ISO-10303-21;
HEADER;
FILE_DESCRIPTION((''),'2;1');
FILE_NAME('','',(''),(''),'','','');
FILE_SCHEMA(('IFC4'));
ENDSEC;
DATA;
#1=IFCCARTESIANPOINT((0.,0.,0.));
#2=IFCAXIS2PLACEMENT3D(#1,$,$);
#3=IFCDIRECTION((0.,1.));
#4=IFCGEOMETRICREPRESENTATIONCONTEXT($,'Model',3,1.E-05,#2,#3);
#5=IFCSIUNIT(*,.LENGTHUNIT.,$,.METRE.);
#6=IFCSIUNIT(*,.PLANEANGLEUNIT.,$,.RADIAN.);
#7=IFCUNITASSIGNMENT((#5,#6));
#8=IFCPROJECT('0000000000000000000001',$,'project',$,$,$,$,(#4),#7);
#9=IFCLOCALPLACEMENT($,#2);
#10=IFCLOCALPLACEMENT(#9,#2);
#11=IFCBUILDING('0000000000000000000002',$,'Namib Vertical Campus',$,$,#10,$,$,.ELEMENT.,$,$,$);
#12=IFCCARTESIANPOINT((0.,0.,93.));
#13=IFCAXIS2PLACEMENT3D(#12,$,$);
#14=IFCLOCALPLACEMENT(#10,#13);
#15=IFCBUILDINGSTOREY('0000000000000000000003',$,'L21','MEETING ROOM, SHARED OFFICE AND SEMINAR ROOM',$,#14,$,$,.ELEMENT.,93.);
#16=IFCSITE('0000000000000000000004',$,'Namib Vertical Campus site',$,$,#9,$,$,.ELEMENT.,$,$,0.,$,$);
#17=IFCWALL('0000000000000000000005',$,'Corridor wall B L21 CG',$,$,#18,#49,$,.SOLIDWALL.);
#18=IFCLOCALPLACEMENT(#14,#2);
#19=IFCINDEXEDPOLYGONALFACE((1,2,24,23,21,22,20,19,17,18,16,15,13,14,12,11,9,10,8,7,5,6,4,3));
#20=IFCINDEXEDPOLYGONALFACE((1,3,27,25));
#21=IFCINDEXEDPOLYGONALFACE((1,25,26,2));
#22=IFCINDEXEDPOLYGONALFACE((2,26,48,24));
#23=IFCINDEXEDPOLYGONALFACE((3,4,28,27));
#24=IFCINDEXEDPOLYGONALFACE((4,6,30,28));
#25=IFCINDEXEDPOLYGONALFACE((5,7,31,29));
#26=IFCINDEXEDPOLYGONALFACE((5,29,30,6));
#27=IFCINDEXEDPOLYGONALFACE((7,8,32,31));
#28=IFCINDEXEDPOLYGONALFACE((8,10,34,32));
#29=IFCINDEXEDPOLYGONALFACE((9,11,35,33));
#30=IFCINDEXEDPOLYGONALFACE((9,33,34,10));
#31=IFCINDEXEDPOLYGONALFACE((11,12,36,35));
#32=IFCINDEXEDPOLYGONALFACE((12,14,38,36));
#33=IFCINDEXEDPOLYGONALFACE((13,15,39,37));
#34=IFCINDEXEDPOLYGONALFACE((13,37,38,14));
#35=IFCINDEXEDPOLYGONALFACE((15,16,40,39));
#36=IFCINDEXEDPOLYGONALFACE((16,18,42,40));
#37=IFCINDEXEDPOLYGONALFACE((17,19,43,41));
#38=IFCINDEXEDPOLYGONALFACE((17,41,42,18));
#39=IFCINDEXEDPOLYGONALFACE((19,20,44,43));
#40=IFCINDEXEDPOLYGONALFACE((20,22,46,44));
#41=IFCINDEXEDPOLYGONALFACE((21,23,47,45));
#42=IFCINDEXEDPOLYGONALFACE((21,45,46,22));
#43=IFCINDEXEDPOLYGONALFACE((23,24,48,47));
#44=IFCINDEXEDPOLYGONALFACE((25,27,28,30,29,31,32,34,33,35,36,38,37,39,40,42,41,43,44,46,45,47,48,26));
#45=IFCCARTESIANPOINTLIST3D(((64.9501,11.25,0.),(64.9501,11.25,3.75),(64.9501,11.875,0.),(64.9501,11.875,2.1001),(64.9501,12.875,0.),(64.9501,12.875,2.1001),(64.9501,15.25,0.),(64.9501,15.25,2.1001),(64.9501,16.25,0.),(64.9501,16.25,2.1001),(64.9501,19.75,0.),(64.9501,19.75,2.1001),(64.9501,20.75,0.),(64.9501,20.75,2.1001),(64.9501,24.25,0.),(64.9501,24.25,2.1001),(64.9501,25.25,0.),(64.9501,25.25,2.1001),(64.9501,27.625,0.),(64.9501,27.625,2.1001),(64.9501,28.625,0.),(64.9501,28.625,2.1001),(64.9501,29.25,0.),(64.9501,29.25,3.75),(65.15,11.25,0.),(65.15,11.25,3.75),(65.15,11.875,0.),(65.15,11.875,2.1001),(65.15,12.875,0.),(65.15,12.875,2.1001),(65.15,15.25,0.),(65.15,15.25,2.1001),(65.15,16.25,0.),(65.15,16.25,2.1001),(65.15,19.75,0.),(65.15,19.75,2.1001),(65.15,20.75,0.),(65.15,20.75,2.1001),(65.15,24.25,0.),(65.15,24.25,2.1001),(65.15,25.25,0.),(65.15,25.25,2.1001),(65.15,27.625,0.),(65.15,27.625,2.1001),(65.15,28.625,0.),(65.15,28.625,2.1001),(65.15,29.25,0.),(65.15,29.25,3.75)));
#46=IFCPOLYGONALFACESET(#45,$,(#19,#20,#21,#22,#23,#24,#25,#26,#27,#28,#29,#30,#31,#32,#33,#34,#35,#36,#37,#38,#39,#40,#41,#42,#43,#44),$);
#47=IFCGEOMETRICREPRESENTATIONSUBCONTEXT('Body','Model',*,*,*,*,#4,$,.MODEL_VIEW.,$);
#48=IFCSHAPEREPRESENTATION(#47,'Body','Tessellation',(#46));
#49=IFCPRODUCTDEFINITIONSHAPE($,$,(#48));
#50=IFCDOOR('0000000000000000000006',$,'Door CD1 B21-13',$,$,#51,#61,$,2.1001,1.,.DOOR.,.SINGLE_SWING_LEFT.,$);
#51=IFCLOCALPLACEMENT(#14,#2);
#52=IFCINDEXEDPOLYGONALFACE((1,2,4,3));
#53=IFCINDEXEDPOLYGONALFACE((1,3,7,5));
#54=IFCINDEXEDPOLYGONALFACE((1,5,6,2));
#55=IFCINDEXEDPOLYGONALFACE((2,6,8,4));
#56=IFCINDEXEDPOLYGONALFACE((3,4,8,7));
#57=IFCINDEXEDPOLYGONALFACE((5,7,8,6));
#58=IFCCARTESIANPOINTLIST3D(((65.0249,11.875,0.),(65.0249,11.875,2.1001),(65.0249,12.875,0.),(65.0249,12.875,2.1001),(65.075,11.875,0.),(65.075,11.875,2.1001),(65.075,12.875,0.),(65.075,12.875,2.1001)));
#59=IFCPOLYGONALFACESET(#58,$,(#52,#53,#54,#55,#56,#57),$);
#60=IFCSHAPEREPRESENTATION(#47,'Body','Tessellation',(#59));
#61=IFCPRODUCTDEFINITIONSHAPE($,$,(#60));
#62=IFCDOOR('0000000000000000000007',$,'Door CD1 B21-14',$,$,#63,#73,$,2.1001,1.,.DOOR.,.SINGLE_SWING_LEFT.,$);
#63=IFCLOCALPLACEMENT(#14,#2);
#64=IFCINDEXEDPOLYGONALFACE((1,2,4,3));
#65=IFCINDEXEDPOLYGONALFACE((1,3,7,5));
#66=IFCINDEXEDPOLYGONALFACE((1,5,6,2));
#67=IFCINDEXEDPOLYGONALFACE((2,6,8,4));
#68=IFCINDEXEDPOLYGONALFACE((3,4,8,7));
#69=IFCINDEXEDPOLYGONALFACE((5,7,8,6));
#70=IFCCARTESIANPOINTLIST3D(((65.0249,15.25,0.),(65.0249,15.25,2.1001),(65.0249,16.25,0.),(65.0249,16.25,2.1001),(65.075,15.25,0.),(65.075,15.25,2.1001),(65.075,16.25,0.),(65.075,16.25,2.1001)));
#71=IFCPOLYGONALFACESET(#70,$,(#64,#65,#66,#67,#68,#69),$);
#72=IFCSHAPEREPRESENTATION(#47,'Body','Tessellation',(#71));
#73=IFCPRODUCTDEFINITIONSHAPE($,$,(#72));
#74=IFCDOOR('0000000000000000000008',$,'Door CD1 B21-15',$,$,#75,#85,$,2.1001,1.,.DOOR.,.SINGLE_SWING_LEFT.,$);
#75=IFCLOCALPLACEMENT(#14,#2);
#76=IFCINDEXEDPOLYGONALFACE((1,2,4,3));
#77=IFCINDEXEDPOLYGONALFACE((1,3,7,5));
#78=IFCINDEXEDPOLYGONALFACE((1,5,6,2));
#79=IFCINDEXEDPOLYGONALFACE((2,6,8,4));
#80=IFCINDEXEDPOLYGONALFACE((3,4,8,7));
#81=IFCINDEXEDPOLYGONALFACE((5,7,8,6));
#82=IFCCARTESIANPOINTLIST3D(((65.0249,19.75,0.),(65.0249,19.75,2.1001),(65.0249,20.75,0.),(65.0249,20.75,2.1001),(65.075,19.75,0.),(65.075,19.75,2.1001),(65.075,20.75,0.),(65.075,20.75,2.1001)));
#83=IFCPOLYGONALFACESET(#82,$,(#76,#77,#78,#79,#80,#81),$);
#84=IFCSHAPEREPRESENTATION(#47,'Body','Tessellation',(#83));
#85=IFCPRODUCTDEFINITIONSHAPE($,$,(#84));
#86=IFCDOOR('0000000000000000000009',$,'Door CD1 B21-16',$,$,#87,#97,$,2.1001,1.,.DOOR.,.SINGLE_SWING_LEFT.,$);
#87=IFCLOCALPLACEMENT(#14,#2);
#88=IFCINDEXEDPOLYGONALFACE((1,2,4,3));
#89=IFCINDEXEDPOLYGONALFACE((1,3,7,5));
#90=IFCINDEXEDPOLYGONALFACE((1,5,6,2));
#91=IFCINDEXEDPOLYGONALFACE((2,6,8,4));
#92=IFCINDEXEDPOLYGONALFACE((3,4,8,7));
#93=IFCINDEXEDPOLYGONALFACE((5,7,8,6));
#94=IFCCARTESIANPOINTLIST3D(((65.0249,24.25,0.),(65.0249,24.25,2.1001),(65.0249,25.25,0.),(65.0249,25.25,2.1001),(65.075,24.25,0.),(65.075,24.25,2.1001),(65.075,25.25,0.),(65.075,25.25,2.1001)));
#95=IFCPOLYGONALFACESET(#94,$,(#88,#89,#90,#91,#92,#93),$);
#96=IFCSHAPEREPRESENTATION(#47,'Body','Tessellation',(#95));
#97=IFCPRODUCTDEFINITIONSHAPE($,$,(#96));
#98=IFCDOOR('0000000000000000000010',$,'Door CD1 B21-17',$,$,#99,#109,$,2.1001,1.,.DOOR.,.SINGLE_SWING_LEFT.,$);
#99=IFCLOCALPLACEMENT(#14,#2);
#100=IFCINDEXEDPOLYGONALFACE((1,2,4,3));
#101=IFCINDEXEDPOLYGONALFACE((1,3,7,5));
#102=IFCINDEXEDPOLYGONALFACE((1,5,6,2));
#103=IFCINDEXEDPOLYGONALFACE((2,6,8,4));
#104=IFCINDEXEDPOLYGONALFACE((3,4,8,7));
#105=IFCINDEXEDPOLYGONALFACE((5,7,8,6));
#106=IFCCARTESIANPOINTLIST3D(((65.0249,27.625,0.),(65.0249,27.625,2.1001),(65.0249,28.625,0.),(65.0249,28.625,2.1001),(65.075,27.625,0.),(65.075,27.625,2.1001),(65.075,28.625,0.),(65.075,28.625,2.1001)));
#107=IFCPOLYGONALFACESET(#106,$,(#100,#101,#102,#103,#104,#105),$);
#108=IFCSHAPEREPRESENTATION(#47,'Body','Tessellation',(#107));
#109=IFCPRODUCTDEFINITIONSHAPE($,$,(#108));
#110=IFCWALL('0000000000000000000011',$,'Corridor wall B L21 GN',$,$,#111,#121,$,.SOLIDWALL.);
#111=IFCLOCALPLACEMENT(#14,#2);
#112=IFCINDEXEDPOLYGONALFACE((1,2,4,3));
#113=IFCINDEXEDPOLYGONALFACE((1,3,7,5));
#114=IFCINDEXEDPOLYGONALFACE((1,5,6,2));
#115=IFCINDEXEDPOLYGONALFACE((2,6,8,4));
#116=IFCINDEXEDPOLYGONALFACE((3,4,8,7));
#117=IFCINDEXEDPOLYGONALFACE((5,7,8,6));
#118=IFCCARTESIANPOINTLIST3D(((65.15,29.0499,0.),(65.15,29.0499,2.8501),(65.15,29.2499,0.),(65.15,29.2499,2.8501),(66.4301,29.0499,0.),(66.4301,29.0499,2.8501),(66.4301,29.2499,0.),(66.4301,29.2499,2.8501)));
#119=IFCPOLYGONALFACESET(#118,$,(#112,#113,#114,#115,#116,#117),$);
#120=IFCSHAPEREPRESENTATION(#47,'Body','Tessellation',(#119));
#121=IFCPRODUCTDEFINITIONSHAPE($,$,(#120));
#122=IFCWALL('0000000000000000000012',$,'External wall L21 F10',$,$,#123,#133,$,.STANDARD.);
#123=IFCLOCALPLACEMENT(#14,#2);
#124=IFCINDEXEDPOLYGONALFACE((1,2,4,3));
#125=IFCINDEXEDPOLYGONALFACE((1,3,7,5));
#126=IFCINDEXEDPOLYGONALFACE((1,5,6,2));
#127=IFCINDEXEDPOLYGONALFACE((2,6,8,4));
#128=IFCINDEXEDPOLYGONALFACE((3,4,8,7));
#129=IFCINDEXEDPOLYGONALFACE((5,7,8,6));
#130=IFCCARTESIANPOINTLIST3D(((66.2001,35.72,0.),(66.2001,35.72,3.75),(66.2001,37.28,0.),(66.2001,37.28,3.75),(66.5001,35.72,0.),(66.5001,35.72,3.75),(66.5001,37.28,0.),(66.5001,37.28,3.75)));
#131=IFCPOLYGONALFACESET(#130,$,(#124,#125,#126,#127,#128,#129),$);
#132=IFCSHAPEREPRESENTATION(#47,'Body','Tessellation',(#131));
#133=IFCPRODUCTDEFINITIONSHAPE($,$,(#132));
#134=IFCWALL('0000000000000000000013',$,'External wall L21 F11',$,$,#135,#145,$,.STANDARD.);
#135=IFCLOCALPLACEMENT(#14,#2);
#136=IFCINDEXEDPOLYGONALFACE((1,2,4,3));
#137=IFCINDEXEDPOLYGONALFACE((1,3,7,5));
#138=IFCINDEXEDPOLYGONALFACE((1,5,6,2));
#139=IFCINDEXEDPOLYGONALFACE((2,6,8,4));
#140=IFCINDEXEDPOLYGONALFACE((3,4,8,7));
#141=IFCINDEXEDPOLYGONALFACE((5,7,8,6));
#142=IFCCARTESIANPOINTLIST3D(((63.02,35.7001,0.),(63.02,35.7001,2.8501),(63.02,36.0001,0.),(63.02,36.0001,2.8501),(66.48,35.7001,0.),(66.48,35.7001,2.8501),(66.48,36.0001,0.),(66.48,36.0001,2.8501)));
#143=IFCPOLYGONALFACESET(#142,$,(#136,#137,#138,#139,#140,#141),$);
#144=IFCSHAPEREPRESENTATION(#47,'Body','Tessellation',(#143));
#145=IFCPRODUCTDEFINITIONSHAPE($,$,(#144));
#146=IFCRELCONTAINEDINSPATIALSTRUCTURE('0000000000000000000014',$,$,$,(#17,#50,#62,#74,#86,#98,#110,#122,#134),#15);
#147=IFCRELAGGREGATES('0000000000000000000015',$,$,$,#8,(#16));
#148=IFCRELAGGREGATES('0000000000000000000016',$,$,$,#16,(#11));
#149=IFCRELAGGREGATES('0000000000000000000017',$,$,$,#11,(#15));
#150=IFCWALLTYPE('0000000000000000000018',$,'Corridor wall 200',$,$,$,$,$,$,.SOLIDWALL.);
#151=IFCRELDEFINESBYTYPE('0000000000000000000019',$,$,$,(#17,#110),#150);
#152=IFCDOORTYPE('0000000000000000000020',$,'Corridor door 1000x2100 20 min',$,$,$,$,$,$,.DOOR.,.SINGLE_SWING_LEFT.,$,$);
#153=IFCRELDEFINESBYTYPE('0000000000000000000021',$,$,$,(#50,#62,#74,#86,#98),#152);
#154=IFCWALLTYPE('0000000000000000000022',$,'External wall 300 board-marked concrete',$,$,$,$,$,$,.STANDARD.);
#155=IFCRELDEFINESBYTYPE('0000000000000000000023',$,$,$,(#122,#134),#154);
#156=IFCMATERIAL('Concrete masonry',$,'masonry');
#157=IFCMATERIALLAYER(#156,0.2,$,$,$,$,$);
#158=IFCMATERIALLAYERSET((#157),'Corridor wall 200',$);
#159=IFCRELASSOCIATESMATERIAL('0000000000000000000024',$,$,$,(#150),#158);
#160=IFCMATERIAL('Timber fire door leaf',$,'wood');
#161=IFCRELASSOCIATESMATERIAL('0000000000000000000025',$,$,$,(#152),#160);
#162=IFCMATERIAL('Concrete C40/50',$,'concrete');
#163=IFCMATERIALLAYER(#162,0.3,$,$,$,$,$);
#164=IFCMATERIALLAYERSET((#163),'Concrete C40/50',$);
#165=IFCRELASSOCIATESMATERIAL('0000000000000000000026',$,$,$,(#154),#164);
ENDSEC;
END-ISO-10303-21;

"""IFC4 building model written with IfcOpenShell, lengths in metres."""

from ifc_helpers import new_model, si_unit, direction, frame, frame_2d, origin, place, context, subcontext, project, spatial, rectangle, extrude, material, layer, layer_set, type_object, element, fill, save


model = new_model("IFC4")

# Units and contexts
model_context = context("Model", 3, precision=1e-05, world=origin(), true_north=direction((0.0, 1.0)))
body_context = subcontext(model_context, "Body", "Model", "MODEL_VIEW")
ifc_project = project(units=[si_unit("LENGTHUNIT", "METRE"), si_unit("PLANEANGLEUNIT", "RADIAN")], contexts=[model_context])

# Site, building, storey
site_placement = place(None, origin())
site = spatial("IfcSite", under=ifc_project, at=site_placement, Name="Namib Vertical Campus site", CompositionType="ELEMENT", RefElevation=0.0)
building_placement = place(site_placement, origin())
building = spatial("IfcBuilding", under=site, at=building_placement, Name="Namib Vertical Campus", CompositionType="ELEMENT")
storey_placement = place(building_placement, frame((0.0, 0.0, 93.0)))
storey = spatial("IfcBuildingStorey", under=building, at=storey_placement, Name="L21", Description="MEETING ROOM, SHARED OFFICE AND SEMINAR ROOM", CompositionType="ELEMENT", Elevation=93.0)

# Wall, openings, doors
ifc_material_1 = material(Name="Concrete masonry", Category="masonry")
ifc_layer_1 = layer(ifc_material_1, 0.2)
ifc_layer_set_1 = layer_set([ifc_layer_1], Name="Corridor wall 200")
wall_type_1 = type_object("IfcWallType", Name="Corridor wall 200", PredefinedType="SOLIDWALL", material=ifc_layer_set_1)
wall_1_placement = place(storey_placement, frame((65.05, 29.25, 0.0), z_axis=(0.0, 0.0, 1.0), x_axis=(0.0, -1.0, 0.0)))
wall_1 = element("IfcWall", 1, at=wall_1_placement, inside=storey, type_object=wall_type_1, Name="Corridor wall B L21 CG", PredefinedType="SOLIDWALL", context=body_context, shape_type="SweptSolid", body=[
    extrude(rectangle(XDim=18.0, YDim=0.2, at=frame_2d((9.0, 0.0))), origin(), (0.0, 0.0, 1.0), 3.75),
])
opening_1_placement = place(wall_1_placement, frame((16.375, 0.0, 0.0)))
opening_1 = element("IfcOpeningElement", 2, at=opening_1_placement, cuts=wall_1, PredefinedType="OPENING", context=body_context, shape_type="SweptSolid", body=[
    extrude(rectangle(XDim=1.0, YDim=2.1001, at=frame_2d((0.5, 1.05))), frame((0.0, 0.1099, 0.0), z_axis=(0.0, -1.0, 0.0), x_axis=(1.0, 0.0, 0.0)), (0.0, 0.0, 1.0), 0.22),
])
opening_2_placement = place(wall_1_placement, frame((13.0, 0.0, 0.0)))
opening_2 = element("IfcOpeningElement", 3, at=opening_2_placement, cuts=wall_1, PredefinedType="OPENING", context=body_context, shape_type="SweptSolid", body=[
    extrude(rectangle(XDim=1.0, YDim=2.1001, at=frame_2d((0.5, 1.05))), frame((0.0, 0.1099, 0.0), z_axis=(0.0, -1.0, 0.0), x_axis=(1.0, 0.0, 0.0)), (0.0, 0.0, 1.0), 0.22),
])
opening_3_placement = place(wall_1_placement, frame((8.5, 0.0, 0.0)))
opening_3 = element("IfcOpeningElement", 4, at=opening_3_placement, cuts=wall_1, PredefinedType="OPENING", context=body_context, shape_type="SweptSolid", body=[
    extrude(rectangle(XDim=1.0, YDim=2.1001, at=frame_2d((0.5, 1.05))), frame((0.0, 0.1099, 0.0), z_axis=(0.0, -1.0, 0.0), x_axis=(1.0, 0.0, 0.0)), (0.0, 0.0, 1.0), 0.22),
])
opening_4_placement = place(wall_1_placement, frame((4.0, 0.0, 0.0)))
opening_4 = element("IfcOpeningElement", 5, at=opening_4_placement, cuts=wall_1, PredefinedType="OPENING", context=body_context, shape_type="SweptSolid", body=[
    extrude(rectangle(XDim=1.0, YDim=2.1001, at=frame_2d((0.5, 1.05))), frame((0.0, 0.1099, 0.0), z_axis=(0.0, -1.0, 0.0), x_axis=(1.0, 0.0, 0.0)), (0.0, 0.0, 1.0), 0.22),
])
opening_5_placement = place(wall_1_placement, frame((0.625, 0.0, 0.0)))
opening_5 = element("IfcOpeningElement", 6, at=opening_5_placement, cuts=wall_1, PredefinedType="OPENING", context=body_context, shape_type="SweptSolid", body=[
    extrude(rectangle(XDim=1.0, YDim=2.1001, at=frame_2d((0.5, 1.05))), frame((0.0, 0.1099, 0.0), z_axis=(0.0, -1.0, 0.0), x_axis=(1.0, 0.0, 0.0)), (0.0, 0.0, 1.0), 0.22),
])
ifc_material_2 = material(Name="Timber fire door leaf", Category="wood")
door_type = type_object("IfcDoorType", Name="Corridor door 1000x2100 20 min", OperationType="SINGLE_SWING_LEFT", PredefinedType="DOOR", material=ifc_material_2)
door_1_placement = place(opening_1_placement, origin())
door_1 = element("IfcDoor", 7, at=door_1_placement, inside=storey, type_object=door_type, Name="Door CD1 B21-13", OperationType="SINGLE_SWING_LEFT", OverallHeight=2.1001, OverallWidth=1.0, PredefinedType="DOOR", context=body_context, shape_type="SweptSolid", body=[
    extrude(rectangle(XDim=1.0, YDim=2.1001, at=frame_2d((0.5, 1.05))), frame((0.0, 0.0249, 0.0), z_axis=(0.0, -1.0, 0.0), x_axis=(1.0, 0.0, 0.0)), (0.0, 0.0, 1.0), 0.05),
])
fill(opening_1, door_1)
door_2_placement = place(opening_2_placement, origin())
door_2 = element("IfcDoor", 8, at=door_2_placement, inside=storey, type_object=door_type, Name="Door CD1 B21-14", OperationType="SINGLE_SWING_LEFT", OverallHeight=2.1001, OverallWidth=1.0, PredefinedType="DOOR", context=body_context, shape_type="SweptSolid", body=[
    extrude(rectangle(XDim=1.0, YDim=2.1001, at=frame_2d((0.5, 1.05))), frame((0.0, 0.0249, 0.0), z_axis=(0.0, -1.0, 0.0), x_axis=(1.0, 0.0, 0.0)), (0.0, 0.0, 1.0), 0.05),
])
fill(opening_2, door_2)
door_3_placement = place(opening_3_placement, origin())
door_3 = element("IfcDoor", 9, at=door_3_placement, inside=storey, type_object=door_type, Name="Door CD1 B21-15", OperationType="SINGLE_SWING_LEFT", OverallHeight=2.1001, OverallWidth=1.0, PredefinedType="DOOR", context=body_context, shape_type="SweptSolid", body=[
    extrude(rectangle(XDim=1.0, YDim=2.1001, at=frame_2d((0.5, 1.05))), frame((0.0, 0.0249, 0.0), z_axis=(0.0, -1.0, 0.0), x_axis=(1.0, 0.0, 0.0)), (0.0, 0.0, 1.0), 0.05),
])
fill(opening_3, door_3)
door_4_placement = place(opening_4_placement, origin())
door_4 = element("IfcDoor", 10, at=door_4_placement, inside=storey, type_object=door_type, Name="Door CD1 B21-16", OperationType="SINGLE_SWING_LEFT", OverallHeight=2.1001, OverallWidth=1.0, PredefinedType="DOOR", context=body_context, shape_type="SweptSolid", body=[
    extrude(rectangle(XDim=1.0, YDim=2.1001, at=frame_2d((0.5, 1.05))), frame((0.0, 0.0249, 0.0), z_axis=(0.0, -1.0, 0.0), x_axis=(1.0, 0.0, 0.0)), (0.0, 0.0, 1.0), 0.05),
])
fill(opening_4, door_4)
door_5_placement = place(opening_5_placement, origin())
door_5 = element("IfcDoor", 11, at=door_5_placement, inside=storey, type_object=door_type, Name="Door CD1 B21-17", OperationType="SINGLE_SWING_LEFT", OverallHeight=2.1001, OverallWidth=1.0, PredefinedType="DOOR", context=body_context, shape_type="SweptSolid", body=[
    extrude(rectangle(XDim=1.0, YDim=2.1001, at=frame_2d((0.5, 1.05))), frame((0.0, 0.0249, 0.0), z_axis=(0.0, -1.0, 0.0), x_axis=(1.0, 0.0, 0.0)), (0.0, 0.0, 1.0), 0.05),
])
fill(opening_5, door_5)

# Walls
wall_2_placement = place(storey_placement, frame((65.1499, 29.1499, 0.0), z_axis=(0.0, 0.0, 1.0), x_axis=(1.0, 0.0, 0.0)))
element("IfcWall", 12, at=wall_2_placement, inside=storey, type_object=wall_type_1, Name="Corridor wall B L21 GN", PredefinedType="SOLIDWALL", context=body_context, shape_type="SweptSolid", body=[
    extrude(rectangle(XDim=1.28, YDim=0.2, at=frame_2d((0.6401, 0.0))), origin(), (0.0, 0.0, 1.0), 2.8501),
])
ifc_material_3 = material(Name="Concrete C40/50", Category="concrete")
ifc_layer_2 = layer(ifc_material_3, 0.3)
ifc_layer_set_2 = layer_set([ifc_layer_2], Name="Concrete C40/50")
wall_type_2 = type_object("IfcWallType", Name="External wall 300 board-marked concrete", PredefinedType="STANDARD", material=ifc_layer_set_2)
wall_3_placement = place(storey_placement, frame((66.3501, 37.28, 0.0), z_axis=(0.0, 0.0, 1.0), x_axis=(0.0, -1.0, 0.0)))
element("IfcWall", 13, at=wall_3_placement, inside=storey, type_object=wall_type_2, Name="External wall L21 F10", PredefinedType="STANDARD", context=body_context, shape_type="SweptSolid", body=[
    extrude(rectangle(XDim=1.5601, YDim=0.3, at=frame_2d((0.78, 0.0))), origin(), (0.0, 0.0, 1.0), 3.75),
])
wall_4_placement = place(storey_placement, frame((66.48, 35.8501, 0.0), z_axis=(0.0, 0.0, 1.0), x_axis=(-1.0, 0.0, 0.0)))
element("IfcWall", 14, at=wall_4_placement, inside=storey, type_object=wall_type_2, Name="External wall L21 F11", PredefinedType="STANDARD", context=body_context, shape_type="SweptSolid", body=[
    extrude(rectangle(XDim=3.46, YDim=0.3, at=frame_2d((1.73, 0.0))), origin(), (0.0, 0.0, 1.0), 2.8501),
])

save(model, "model.ifc")
